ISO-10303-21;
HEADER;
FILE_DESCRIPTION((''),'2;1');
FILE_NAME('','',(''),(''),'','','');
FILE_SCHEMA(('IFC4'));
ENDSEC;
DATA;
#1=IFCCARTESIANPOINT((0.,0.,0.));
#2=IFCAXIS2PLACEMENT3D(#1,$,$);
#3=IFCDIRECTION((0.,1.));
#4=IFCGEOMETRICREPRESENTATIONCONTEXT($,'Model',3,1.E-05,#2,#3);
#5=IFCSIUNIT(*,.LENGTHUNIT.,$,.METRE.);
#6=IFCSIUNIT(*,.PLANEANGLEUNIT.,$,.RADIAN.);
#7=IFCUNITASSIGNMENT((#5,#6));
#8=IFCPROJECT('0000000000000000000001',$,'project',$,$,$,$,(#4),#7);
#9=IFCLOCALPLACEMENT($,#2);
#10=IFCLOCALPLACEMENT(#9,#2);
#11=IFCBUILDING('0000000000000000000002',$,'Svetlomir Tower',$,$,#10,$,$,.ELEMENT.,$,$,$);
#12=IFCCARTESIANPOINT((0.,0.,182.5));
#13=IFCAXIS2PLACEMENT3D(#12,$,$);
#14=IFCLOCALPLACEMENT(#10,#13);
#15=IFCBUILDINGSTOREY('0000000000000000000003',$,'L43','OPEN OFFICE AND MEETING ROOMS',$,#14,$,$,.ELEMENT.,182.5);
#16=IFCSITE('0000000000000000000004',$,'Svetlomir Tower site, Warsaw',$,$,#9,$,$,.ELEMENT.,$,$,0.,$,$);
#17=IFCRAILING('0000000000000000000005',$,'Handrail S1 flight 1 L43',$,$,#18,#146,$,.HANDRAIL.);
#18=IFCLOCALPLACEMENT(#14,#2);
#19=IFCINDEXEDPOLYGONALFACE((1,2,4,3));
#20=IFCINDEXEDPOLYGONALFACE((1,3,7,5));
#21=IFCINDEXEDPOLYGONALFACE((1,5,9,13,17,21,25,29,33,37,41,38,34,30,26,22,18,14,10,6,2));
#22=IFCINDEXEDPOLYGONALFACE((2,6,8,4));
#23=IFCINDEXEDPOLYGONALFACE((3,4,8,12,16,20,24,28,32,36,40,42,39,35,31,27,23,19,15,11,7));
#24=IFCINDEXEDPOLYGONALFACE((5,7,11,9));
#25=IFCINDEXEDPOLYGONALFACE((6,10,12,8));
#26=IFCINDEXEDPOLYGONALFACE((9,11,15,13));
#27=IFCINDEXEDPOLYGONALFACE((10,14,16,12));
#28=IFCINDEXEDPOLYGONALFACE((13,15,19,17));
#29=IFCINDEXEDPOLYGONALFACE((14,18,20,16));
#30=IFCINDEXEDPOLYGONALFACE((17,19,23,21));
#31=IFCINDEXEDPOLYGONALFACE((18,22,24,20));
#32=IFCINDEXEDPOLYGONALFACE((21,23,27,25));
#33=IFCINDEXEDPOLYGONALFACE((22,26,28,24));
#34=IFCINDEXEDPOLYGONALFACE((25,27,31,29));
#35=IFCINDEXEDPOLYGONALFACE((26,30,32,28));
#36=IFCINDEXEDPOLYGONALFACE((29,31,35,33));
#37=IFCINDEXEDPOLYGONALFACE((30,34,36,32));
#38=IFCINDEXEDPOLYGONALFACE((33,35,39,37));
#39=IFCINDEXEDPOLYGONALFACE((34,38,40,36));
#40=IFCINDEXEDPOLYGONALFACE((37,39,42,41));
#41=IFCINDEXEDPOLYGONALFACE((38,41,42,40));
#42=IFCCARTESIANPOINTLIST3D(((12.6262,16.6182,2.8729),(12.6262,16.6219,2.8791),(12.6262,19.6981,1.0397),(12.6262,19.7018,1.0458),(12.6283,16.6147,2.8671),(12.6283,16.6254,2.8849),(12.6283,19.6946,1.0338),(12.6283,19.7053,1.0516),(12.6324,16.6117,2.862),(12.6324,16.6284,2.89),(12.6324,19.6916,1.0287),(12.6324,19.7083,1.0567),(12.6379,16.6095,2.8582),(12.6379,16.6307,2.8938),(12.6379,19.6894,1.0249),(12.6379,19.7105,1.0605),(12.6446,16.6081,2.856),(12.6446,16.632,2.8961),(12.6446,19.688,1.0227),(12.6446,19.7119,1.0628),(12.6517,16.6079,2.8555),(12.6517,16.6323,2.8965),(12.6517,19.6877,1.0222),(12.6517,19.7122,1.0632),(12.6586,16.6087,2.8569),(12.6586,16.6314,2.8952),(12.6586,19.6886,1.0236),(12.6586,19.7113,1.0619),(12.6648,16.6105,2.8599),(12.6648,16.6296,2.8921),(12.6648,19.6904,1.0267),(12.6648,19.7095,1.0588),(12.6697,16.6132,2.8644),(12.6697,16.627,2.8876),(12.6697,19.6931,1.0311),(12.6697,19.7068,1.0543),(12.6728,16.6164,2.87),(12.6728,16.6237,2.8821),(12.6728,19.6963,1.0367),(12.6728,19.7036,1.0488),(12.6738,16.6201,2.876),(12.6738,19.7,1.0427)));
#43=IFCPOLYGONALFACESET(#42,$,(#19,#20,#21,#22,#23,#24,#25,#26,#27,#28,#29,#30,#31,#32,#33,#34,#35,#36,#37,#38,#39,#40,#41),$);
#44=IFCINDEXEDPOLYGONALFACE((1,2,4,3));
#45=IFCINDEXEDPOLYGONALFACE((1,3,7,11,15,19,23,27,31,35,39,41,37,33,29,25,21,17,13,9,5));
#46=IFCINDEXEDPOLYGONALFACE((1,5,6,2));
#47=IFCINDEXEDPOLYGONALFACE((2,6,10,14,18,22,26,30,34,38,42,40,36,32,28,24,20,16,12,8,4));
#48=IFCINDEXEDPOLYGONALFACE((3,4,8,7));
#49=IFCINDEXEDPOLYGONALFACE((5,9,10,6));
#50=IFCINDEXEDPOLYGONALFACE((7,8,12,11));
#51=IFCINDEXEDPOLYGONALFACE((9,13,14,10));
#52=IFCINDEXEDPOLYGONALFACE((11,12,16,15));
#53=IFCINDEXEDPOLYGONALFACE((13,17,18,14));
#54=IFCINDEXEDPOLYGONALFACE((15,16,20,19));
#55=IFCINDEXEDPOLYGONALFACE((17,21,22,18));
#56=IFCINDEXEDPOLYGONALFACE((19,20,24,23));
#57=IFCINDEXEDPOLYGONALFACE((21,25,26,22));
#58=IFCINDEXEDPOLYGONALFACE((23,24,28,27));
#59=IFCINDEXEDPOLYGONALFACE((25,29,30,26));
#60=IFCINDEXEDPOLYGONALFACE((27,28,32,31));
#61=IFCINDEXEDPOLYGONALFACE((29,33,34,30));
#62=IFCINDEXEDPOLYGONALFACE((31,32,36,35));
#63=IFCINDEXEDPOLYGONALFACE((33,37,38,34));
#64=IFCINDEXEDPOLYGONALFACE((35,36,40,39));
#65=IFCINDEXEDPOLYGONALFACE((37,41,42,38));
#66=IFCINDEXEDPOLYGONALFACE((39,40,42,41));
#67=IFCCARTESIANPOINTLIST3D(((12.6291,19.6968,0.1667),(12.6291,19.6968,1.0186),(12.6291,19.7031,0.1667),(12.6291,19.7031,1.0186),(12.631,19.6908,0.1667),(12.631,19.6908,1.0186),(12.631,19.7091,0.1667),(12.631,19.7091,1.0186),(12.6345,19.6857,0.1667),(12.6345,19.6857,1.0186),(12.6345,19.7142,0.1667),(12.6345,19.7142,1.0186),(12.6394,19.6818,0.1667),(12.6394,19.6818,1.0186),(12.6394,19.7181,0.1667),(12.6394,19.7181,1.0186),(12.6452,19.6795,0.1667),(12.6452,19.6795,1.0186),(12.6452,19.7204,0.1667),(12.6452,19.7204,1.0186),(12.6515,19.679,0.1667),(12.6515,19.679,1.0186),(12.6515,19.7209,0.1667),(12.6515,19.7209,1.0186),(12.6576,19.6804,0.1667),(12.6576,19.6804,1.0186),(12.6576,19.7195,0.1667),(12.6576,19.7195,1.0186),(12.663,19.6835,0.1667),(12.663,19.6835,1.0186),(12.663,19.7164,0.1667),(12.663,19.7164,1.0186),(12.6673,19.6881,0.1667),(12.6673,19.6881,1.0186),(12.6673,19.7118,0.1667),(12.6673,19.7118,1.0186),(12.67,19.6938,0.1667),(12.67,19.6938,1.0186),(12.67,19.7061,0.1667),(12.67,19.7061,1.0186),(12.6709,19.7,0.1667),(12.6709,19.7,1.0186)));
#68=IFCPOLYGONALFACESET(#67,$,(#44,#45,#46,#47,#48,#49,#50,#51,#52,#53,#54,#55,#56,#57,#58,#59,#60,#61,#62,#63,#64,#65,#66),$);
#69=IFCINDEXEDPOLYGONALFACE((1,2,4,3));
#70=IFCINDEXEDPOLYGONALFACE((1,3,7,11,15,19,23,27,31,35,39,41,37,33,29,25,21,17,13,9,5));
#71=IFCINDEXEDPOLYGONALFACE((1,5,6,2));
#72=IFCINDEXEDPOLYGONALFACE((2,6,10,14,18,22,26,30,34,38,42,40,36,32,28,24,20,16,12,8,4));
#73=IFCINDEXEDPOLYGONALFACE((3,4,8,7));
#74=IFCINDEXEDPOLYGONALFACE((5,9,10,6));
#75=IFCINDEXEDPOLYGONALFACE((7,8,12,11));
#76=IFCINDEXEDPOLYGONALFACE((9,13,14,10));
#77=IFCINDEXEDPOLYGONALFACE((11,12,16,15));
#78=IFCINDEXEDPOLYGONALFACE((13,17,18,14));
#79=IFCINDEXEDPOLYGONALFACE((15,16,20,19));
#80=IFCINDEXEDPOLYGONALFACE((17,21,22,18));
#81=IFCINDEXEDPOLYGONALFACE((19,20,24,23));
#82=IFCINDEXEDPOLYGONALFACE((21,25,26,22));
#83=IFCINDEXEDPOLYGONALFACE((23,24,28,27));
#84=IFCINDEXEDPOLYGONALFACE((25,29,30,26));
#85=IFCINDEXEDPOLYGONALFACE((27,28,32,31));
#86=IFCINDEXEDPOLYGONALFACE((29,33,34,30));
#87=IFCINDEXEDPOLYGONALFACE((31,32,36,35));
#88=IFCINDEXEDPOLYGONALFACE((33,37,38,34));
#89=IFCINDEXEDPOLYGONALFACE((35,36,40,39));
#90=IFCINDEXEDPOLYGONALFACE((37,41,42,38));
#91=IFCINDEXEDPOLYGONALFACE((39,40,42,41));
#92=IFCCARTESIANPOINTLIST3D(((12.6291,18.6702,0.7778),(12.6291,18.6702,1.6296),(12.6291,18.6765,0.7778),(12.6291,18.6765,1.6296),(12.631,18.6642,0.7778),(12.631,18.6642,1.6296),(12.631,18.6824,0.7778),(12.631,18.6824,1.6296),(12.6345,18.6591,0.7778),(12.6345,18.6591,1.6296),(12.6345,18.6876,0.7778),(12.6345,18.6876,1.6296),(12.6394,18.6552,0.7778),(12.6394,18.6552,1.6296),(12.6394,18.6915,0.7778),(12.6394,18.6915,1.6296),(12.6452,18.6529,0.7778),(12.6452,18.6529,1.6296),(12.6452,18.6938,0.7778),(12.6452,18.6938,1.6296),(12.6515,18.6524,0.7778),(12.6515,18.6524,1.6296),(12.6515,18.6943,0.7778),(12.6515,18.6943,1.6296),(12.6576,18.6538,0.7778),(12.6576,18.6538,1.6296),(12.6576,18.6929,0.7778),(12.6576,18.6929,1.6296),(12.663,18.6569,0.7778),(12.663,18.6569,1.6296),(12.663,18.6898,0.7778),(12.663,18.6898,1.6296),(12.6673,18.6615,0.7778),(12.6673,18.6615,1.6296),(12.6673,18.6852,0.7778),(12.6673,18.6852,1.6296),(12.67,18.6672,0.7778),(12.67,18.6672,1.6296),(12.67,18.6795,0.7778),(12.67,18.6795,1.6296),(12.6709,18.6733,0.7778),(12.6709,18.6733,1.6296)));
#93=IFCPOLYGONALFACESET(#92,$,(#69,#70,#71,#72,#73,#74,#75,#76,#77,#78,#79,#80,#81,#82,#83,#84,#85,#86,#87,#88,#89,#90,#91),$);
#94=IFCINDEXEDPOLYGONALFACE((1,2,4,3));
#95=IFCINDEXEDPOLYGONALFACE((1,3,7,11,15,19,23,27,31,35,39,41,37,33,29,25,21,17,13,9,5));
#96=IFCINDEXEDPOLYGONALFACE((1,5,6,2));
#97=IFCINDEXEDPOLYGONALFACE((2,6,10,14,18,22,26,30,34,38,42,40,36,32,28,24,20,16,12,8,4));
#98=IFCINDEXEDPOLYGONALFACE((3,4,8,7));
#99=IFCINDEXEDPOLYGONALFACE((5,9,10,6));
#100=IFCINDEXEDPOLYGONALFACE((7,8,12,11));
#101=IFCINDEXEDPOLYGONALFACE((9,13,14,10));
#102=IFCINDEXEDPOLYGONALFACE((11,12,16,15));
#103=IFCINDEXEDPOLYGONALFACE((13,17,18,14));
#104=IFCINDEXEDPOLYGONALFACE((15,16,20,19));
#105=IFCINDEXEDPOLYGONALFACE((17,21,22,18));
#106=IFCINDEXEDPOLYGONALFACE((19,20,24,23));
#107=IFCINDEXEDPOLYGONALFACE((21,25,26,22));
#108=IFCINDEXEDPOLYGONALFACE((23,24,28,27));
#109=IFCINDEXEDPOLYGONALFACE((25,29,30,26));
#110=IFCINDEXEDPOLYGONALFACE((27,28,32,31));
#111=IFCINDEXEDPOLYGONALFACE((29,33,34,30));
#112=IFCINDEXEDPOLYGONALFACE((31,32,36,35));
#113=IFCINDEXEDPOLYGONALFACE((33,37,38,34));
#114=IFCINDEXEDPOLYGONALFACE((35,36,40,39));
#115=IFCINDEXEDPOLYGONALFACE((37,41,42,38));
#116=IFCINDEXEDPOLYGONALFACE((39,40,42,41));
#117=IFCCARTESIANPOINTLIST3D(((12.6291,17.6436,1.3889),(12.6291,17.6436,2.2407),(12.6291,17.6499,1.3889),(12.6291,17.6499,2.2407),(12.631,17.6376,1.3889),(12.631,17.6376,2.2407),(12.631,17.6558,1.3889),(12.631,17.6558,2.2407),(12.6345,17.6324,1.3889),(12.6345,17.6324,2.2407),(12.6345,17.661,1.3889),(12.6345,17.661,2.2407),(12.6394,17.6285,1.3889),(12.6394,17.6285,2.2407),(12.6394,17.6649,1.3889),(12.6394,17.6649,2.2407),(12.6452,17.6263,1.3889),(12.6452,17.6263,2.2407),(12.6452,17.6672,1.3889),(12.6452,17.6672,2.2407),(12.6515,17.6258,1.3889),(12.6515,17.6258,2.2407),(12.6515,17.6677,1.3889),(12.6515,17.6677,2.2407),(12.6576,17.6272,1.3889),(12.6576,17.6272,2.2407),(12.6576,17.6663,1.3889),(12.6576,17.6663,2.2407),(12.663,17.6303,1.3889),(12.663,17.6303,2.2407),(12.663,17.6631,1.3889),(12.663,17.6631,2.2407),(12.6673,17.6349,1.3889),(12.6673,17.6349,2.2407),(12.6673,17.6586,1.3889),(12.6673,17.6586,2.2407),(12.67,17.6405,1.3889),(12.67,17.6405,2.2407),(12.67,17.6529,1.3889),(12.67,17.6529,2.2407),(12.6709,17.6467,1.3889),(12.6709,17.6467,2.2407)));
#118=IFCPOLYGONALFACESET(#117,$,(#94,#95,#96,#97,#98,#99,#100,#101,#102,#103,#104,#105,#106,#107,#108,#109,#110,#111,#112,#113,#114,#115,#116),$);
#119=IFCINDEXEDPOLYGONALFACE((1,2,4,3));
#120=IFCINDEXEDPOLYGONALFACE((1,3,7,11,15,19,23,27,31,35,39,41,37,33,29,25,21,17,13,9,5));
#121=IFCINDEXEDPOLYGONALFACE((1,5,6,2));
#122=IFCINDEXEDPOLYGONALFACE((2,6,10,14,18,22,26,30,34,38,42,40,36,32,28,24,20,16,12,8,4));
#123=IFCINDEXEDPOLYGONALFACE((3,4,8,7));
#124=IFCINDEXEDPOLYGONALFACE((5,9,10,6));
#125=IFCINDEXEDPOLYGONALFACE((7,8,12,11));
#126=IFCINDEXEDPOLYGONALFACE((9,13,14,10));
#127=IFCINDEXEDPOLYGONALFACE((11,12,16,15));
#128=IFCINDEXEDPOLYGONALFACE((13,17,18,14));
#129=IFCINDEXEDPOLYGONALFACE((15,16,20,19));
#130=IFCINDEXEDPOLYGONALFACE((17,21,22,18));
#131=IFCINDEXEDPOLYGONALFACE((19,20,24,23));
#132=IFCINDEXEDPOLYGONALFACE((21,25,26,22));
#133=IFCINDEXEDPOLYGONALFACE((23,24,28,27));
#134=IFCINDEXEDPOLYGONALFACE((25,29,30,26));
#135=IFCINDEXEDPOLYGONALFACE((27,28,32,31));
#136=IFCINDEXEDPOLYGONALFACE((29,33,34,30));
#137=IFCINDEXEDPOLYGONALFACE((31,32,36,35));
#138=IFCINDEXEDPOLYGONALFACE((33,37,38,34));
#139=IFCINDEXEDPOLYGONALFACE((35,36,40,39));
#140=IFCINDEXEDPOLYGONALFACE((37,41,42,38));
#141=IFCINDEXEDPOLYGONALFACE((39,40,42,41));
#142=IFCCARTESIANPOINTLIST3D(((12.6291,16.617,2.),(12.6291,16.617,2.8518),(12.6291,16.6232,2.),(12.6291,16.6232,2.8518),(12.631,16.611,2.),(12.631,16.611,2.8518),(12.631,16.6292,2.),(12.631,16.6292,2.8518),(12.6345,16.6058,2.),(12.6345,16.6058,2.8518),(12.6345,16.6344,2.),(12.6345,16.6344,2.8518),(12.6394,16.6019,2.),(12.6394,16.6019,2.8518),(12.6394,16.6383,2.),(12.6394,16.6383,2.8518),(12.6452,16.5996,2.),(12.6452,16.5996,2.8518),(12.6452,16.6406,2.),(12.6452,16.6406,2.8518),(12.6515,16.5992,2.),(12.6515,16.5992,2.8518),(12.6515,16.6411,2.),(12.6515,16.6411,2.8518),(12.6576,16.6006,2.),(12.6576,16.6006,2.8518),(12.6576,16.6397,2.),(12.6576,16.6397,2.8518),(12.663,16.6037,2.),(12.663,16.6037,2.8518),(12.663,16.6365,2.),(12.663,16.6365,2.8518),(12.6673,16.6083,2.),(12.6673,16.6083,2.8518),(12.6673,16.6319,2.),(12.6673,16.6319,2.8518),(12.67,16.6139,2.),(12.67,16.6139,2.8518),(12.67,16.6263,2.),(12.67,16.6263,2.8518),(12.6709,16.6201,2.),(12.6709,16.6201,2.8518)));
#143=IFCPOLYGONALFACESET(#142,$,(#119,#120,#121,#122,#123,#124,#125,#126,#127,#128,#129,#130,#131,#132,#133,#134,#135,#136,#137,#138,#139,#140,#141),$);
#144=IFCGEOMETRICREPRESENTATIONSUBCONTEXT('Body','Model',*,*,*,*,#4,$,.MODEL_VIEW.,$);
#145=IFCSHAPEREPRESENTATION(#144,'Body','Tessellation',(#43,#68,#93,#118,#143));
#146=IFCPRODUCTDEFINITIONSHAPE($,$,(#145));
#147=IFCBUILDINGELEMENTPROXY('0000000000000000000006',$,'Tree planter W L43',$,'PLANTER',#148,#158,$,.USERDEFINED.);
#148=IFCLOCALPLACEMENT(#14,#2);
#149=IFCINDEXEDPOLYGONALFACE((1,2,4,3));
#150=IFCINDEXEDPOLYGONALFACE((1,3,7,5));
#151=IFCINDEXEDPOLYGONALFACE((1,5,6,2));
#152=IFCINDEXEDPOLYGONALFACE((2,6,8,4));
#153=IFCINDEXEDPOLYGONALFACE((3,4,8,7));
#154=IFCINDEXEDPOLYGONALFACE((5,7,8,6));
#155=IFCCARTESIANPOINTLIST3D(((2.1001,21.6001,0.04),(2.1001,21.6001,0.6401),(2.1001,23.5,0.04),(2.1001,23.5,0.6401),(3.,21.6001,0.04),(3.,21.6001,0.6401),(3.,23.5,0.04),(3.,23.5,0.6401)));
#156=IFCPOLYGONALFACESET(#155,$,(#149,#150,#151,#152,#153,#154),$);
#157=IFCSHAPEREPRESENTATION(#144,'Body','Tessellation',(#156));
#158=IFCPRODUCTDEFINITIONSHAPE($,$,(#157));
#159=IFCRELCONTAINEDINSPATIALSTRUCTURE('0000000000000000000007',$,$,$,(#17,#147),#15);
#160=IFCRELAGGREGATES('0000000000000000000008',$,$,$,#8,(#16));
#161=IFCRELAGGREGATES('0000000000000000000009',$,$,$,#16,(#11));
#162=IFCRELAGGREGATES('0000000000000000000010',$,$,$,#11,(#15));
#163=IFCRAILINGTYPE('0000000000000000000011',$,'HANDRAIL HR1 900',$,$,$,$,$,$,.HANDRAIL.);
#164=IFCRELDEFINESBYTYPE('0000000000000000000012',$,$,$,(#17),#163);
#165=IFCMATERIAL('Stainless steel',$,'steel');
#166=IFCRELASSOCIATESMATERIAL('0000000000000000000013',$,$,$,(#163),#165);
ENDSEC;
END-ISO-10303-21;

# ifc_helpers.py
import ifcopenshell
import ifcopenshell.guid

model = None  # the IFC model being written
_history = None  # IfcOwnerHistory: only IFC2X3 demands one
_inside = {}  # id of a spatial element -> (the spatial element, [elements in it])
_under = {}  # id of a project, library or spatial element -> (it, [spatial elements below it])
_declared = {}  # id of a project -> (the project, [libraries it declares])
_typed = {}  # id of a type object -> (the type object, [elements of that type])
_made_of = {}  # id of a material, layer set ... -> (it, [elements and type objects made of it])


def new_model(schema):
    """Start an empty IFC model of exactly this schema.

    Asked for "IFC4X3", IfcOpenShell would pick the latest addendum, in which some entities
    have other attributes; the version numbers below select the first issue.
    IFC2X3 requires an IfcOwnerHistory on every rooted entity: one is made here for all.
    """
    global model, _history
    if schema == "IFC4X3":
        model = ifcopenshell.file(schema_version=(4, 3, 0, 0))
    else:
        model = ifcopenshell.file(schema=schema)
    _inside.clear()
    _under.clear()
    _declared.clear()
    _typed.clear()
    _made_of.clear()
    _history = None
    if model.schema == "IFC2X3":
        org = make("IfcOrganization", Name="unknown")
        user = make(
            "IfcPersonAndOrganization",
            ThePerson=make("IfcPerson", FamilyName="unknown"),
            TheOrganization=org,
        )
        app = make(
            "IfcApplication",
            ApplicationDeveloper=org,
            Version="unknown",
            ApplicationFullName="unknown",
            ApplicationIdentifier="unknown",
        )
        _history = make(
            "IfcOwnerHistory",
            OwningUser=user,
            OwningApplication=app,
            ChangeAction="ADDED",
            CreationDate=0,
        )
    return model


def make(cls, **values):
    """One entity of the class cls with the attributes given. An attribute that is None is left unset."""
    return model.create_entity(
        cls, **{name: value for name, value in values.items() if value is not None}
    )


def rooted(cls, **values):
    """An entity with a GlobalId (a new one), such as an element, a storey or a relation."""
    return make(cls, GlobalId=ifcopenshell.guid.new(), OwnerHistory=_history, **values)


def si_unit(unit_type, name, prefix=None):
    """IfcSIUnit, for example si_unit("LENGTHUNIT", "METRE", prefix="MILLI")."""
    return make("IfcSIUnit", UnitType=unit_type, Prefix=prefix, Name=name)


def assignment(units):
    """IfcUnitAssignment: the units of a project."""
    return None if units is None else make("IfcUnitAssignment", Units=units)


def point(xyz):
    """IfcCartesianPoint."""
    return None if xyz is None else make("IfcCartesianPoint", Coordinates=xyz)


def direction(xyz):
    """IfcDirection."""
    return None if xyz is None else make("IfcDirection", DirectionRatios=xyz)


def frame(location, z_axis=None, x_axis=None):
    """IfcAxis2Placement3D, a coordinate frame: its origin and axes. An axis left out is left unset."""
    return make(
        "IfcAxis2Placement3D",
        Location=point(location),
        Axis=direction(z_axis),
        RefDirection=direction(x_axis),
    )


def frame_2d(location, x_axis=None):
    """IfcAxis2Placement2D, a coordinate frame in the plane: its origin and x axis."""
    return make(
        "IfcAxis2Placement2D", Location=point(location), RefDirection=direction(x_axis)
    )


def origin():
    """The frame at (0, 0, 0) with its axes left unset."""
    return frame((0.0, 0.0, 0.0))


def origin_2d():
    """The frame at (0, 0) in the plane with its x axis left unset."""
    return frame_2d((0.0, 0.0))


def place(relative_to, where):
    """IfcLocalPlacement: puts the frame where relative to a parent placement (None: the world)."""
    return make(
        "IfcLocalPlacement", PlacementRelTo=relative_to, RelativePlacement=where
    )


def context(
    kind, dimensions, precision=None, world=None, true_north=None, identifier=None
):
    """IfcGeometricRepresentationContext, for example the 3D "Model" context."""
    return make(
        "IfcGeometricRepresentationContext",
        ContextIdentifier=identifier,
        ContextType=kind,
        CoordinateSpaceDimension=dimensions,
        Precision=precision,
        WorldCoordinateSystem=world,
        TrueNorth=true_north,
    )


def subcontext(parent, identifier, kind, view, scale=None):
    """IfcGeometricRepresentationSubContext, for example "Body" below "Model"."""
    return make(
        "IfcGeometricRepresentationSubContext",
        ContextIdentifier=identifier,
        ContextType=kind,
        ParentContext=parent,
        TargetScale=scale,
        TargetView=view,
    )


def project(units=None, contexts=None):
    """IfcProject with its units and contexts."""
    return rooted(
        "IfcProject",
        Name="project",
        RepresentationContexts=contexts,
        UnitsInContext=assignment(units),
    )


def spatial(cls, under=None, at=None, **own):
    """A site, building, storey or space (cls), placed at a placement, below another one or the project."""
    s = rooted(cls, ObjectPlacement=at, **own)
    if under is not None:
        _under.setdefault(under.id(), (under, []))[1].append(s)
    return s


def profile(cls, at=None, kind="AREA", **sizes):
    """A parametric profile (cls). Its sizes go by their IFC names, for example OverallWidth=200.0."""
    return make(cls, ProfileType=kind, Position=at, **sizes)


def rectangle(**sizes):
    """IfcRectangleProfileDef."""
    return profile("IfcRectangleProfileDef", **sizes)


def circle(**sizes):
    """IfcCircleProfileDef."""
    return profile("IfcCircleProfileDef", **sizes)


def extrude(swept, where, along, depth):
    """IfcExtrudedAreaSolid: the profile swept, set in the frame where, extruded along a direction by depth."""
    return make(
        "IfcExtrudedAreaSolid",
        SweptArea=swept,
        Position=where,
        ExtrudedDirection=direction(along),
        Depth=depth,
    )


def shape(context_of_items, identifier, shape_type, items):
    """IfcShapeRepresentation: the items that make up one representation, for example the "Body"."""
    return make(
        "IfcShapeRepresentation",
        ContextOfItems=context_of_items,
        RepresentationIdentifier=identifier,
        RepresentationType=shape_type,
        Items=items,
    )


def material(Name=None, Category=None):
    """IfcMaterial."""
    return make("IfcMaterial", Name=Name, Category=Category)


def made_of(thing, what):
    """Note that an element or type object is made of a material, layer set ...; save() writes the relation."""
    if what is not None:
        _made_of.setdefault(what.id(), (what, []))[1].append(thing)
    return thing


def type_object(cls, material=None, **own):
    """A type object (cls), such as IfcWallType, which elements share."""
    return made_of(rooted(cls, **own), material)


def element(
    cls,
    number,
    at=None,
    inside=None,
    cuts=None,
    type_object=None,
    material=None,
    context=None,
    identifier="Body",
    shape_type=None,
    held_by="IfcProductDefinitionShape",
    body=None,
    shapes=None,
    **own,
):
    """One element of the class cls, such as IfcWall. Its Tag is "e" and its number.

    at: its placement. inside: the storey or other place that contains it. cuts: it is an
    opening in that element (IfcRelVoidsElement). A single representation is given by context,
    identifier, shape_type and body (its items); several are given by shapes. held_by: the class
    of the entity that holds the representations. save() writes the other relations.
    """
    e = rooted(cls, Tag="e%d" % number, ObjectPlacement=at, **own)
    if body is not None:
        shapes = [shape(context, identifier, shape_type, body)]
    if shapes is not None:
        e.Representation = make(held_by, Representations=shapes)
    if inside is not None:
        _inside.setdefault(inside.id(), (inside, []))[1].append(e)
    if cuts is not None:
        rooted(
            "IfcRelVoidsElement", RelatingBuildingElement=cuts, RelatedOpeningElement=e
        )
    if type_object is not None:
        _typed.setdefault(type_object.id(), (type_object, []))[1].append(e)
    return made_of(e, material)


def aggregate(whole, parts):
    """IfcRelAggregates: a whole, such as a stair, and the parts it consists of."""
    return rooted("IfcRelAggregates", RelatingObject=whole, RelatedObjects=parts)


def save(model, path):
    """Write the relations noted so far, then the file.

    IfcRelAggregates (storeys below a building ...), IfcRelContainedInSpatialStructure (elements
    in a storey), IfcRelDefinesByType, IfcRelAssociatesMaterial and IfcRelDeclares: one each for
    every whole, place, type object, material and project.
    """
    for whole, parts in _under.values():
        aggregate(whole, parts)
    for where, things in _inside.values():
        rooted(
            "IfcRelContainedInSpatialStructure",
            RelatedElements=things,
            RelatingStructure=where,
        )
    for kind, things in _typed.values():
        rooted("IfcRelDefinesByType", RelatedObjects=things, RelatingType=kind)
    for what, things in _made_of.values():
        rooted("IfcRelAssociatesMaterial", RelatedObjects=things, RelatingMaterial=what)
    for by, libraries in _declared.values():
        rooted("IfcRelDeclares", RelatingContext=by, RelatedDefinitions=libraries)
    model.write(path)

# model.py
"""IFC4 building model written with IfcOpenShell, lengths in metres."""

from ifc_helpers import new_model, si_unit, direction, frame, origin, origin_2d, place, context, subcontext, project, spatial, rectangle, circle, extrude, material, type_object, element, save


model = new_model("IFC4")

# Units and contexts
model_context = context("Model", 3, precision=1e-05, world=origin(), true_north=direction((0.0, 1.0)))
body_context = subcontext(model_context, "Body", "Model", "MODEL_VIEW")
ifc_project = project(units=[si_unit("LENGTHUNIT", "METRE"), si_unit("PLANEANGLEUNIT", "RADIAN")], contexts=[model_context])

# Site, building, storey
site_placement = place(None, origin())
site = spatial("IfcSite", under=ifc_project, at=site_placement, Name="Svetlomir Tower site, Warsaw", CompositionType="ELEMENT", RefElevation=0.0)
building_placement = place(site_placement, origin())
building = spatial("IfcBuilding", under=site, at=building_placement, Name="Svetlomir Tower", CompositionType="ELEMENT")
storey_placement = place(building_placement, frame((0.0, 0.0, 182.5)))
storey = spatial("IfcBuildingStorey", under=building, at=storey_placement, Name="L43", Description="OPEN OFFICE AND MEETING ROOMS", CompositionType="ELEMENT", Elevation=182.5)

# Railing
ifc_material_1 = material(Name="Stainless steel", Category="steel")
railing_type_1 = type_object("IfcRailingType", Name="HANDRAIL HR1 900", PredefinedType="HANDRAIL", material=ifc_material_1)
railing_placement = place(storey_placement, frame((12.6499, 19.7, 0.1667)))
element("IfcRailing", 1, at=railing_placement, inside=storey, type_object=railing_type_1, Name="Handrail S1 flight 1 L43", PredefinedType="HANDRAIL", context=body_context, shape_type="SweptSolid", body=[
    extrude(circle(Radius=0.0239, at=origin_2d()), frame((0.0, 0.0, 0.876), z_axis=(0.0, -0.859291, 0.511487), x_axis=(1.0, 0.0, 0.0)), (0.0, 0.0, 1.0), 3.5842),
    extrude(circle(Radius=0.021, at=origin_2d()), origin(), (0.0, 0.0, 1.0), 0.8518),
    extrude(circle(Radius=0.021, at=origin_2d()), frame((0.0, -1.0266, 0.6111)), (0.0, 0.0, 1.0), 0.8518),
    extrude(circle(Radius=0.021, at=origin_2d()), frame((0.0, -2.0532, 1.2222)), (0.0, 0.0, 1.0), 0.8518),
    extrude(circle(Radius=0.021, at=origin_2d()), frame((0.0, -3.0798, 1.8333)), (0.0, 0.0, 1.0), 0.8518),
])

# Building element proxy
proxy_placement = place(storey_placement, frame((2.55, 22.55, 0.04), z_axis=(0.0, 0.0, 1.0), x_axis=(1.0, 0.0, 0.0)))
element("IfcBuildingElementProxy", 2, at=proxy_placement, inside=storey, Name="Tree planter W L43", ObjectType="PLANTER", PredefinedType="USERDEFINED", context=body_context, shape_type="SweptSolid", body=[
    extrude(rectangle(XDim=0.8999, YDim=1.8999, at=origin_2d()), origin(), (0.0, 0.0, 1.0), 0.6001),
])

save(model, "model.ifc")
